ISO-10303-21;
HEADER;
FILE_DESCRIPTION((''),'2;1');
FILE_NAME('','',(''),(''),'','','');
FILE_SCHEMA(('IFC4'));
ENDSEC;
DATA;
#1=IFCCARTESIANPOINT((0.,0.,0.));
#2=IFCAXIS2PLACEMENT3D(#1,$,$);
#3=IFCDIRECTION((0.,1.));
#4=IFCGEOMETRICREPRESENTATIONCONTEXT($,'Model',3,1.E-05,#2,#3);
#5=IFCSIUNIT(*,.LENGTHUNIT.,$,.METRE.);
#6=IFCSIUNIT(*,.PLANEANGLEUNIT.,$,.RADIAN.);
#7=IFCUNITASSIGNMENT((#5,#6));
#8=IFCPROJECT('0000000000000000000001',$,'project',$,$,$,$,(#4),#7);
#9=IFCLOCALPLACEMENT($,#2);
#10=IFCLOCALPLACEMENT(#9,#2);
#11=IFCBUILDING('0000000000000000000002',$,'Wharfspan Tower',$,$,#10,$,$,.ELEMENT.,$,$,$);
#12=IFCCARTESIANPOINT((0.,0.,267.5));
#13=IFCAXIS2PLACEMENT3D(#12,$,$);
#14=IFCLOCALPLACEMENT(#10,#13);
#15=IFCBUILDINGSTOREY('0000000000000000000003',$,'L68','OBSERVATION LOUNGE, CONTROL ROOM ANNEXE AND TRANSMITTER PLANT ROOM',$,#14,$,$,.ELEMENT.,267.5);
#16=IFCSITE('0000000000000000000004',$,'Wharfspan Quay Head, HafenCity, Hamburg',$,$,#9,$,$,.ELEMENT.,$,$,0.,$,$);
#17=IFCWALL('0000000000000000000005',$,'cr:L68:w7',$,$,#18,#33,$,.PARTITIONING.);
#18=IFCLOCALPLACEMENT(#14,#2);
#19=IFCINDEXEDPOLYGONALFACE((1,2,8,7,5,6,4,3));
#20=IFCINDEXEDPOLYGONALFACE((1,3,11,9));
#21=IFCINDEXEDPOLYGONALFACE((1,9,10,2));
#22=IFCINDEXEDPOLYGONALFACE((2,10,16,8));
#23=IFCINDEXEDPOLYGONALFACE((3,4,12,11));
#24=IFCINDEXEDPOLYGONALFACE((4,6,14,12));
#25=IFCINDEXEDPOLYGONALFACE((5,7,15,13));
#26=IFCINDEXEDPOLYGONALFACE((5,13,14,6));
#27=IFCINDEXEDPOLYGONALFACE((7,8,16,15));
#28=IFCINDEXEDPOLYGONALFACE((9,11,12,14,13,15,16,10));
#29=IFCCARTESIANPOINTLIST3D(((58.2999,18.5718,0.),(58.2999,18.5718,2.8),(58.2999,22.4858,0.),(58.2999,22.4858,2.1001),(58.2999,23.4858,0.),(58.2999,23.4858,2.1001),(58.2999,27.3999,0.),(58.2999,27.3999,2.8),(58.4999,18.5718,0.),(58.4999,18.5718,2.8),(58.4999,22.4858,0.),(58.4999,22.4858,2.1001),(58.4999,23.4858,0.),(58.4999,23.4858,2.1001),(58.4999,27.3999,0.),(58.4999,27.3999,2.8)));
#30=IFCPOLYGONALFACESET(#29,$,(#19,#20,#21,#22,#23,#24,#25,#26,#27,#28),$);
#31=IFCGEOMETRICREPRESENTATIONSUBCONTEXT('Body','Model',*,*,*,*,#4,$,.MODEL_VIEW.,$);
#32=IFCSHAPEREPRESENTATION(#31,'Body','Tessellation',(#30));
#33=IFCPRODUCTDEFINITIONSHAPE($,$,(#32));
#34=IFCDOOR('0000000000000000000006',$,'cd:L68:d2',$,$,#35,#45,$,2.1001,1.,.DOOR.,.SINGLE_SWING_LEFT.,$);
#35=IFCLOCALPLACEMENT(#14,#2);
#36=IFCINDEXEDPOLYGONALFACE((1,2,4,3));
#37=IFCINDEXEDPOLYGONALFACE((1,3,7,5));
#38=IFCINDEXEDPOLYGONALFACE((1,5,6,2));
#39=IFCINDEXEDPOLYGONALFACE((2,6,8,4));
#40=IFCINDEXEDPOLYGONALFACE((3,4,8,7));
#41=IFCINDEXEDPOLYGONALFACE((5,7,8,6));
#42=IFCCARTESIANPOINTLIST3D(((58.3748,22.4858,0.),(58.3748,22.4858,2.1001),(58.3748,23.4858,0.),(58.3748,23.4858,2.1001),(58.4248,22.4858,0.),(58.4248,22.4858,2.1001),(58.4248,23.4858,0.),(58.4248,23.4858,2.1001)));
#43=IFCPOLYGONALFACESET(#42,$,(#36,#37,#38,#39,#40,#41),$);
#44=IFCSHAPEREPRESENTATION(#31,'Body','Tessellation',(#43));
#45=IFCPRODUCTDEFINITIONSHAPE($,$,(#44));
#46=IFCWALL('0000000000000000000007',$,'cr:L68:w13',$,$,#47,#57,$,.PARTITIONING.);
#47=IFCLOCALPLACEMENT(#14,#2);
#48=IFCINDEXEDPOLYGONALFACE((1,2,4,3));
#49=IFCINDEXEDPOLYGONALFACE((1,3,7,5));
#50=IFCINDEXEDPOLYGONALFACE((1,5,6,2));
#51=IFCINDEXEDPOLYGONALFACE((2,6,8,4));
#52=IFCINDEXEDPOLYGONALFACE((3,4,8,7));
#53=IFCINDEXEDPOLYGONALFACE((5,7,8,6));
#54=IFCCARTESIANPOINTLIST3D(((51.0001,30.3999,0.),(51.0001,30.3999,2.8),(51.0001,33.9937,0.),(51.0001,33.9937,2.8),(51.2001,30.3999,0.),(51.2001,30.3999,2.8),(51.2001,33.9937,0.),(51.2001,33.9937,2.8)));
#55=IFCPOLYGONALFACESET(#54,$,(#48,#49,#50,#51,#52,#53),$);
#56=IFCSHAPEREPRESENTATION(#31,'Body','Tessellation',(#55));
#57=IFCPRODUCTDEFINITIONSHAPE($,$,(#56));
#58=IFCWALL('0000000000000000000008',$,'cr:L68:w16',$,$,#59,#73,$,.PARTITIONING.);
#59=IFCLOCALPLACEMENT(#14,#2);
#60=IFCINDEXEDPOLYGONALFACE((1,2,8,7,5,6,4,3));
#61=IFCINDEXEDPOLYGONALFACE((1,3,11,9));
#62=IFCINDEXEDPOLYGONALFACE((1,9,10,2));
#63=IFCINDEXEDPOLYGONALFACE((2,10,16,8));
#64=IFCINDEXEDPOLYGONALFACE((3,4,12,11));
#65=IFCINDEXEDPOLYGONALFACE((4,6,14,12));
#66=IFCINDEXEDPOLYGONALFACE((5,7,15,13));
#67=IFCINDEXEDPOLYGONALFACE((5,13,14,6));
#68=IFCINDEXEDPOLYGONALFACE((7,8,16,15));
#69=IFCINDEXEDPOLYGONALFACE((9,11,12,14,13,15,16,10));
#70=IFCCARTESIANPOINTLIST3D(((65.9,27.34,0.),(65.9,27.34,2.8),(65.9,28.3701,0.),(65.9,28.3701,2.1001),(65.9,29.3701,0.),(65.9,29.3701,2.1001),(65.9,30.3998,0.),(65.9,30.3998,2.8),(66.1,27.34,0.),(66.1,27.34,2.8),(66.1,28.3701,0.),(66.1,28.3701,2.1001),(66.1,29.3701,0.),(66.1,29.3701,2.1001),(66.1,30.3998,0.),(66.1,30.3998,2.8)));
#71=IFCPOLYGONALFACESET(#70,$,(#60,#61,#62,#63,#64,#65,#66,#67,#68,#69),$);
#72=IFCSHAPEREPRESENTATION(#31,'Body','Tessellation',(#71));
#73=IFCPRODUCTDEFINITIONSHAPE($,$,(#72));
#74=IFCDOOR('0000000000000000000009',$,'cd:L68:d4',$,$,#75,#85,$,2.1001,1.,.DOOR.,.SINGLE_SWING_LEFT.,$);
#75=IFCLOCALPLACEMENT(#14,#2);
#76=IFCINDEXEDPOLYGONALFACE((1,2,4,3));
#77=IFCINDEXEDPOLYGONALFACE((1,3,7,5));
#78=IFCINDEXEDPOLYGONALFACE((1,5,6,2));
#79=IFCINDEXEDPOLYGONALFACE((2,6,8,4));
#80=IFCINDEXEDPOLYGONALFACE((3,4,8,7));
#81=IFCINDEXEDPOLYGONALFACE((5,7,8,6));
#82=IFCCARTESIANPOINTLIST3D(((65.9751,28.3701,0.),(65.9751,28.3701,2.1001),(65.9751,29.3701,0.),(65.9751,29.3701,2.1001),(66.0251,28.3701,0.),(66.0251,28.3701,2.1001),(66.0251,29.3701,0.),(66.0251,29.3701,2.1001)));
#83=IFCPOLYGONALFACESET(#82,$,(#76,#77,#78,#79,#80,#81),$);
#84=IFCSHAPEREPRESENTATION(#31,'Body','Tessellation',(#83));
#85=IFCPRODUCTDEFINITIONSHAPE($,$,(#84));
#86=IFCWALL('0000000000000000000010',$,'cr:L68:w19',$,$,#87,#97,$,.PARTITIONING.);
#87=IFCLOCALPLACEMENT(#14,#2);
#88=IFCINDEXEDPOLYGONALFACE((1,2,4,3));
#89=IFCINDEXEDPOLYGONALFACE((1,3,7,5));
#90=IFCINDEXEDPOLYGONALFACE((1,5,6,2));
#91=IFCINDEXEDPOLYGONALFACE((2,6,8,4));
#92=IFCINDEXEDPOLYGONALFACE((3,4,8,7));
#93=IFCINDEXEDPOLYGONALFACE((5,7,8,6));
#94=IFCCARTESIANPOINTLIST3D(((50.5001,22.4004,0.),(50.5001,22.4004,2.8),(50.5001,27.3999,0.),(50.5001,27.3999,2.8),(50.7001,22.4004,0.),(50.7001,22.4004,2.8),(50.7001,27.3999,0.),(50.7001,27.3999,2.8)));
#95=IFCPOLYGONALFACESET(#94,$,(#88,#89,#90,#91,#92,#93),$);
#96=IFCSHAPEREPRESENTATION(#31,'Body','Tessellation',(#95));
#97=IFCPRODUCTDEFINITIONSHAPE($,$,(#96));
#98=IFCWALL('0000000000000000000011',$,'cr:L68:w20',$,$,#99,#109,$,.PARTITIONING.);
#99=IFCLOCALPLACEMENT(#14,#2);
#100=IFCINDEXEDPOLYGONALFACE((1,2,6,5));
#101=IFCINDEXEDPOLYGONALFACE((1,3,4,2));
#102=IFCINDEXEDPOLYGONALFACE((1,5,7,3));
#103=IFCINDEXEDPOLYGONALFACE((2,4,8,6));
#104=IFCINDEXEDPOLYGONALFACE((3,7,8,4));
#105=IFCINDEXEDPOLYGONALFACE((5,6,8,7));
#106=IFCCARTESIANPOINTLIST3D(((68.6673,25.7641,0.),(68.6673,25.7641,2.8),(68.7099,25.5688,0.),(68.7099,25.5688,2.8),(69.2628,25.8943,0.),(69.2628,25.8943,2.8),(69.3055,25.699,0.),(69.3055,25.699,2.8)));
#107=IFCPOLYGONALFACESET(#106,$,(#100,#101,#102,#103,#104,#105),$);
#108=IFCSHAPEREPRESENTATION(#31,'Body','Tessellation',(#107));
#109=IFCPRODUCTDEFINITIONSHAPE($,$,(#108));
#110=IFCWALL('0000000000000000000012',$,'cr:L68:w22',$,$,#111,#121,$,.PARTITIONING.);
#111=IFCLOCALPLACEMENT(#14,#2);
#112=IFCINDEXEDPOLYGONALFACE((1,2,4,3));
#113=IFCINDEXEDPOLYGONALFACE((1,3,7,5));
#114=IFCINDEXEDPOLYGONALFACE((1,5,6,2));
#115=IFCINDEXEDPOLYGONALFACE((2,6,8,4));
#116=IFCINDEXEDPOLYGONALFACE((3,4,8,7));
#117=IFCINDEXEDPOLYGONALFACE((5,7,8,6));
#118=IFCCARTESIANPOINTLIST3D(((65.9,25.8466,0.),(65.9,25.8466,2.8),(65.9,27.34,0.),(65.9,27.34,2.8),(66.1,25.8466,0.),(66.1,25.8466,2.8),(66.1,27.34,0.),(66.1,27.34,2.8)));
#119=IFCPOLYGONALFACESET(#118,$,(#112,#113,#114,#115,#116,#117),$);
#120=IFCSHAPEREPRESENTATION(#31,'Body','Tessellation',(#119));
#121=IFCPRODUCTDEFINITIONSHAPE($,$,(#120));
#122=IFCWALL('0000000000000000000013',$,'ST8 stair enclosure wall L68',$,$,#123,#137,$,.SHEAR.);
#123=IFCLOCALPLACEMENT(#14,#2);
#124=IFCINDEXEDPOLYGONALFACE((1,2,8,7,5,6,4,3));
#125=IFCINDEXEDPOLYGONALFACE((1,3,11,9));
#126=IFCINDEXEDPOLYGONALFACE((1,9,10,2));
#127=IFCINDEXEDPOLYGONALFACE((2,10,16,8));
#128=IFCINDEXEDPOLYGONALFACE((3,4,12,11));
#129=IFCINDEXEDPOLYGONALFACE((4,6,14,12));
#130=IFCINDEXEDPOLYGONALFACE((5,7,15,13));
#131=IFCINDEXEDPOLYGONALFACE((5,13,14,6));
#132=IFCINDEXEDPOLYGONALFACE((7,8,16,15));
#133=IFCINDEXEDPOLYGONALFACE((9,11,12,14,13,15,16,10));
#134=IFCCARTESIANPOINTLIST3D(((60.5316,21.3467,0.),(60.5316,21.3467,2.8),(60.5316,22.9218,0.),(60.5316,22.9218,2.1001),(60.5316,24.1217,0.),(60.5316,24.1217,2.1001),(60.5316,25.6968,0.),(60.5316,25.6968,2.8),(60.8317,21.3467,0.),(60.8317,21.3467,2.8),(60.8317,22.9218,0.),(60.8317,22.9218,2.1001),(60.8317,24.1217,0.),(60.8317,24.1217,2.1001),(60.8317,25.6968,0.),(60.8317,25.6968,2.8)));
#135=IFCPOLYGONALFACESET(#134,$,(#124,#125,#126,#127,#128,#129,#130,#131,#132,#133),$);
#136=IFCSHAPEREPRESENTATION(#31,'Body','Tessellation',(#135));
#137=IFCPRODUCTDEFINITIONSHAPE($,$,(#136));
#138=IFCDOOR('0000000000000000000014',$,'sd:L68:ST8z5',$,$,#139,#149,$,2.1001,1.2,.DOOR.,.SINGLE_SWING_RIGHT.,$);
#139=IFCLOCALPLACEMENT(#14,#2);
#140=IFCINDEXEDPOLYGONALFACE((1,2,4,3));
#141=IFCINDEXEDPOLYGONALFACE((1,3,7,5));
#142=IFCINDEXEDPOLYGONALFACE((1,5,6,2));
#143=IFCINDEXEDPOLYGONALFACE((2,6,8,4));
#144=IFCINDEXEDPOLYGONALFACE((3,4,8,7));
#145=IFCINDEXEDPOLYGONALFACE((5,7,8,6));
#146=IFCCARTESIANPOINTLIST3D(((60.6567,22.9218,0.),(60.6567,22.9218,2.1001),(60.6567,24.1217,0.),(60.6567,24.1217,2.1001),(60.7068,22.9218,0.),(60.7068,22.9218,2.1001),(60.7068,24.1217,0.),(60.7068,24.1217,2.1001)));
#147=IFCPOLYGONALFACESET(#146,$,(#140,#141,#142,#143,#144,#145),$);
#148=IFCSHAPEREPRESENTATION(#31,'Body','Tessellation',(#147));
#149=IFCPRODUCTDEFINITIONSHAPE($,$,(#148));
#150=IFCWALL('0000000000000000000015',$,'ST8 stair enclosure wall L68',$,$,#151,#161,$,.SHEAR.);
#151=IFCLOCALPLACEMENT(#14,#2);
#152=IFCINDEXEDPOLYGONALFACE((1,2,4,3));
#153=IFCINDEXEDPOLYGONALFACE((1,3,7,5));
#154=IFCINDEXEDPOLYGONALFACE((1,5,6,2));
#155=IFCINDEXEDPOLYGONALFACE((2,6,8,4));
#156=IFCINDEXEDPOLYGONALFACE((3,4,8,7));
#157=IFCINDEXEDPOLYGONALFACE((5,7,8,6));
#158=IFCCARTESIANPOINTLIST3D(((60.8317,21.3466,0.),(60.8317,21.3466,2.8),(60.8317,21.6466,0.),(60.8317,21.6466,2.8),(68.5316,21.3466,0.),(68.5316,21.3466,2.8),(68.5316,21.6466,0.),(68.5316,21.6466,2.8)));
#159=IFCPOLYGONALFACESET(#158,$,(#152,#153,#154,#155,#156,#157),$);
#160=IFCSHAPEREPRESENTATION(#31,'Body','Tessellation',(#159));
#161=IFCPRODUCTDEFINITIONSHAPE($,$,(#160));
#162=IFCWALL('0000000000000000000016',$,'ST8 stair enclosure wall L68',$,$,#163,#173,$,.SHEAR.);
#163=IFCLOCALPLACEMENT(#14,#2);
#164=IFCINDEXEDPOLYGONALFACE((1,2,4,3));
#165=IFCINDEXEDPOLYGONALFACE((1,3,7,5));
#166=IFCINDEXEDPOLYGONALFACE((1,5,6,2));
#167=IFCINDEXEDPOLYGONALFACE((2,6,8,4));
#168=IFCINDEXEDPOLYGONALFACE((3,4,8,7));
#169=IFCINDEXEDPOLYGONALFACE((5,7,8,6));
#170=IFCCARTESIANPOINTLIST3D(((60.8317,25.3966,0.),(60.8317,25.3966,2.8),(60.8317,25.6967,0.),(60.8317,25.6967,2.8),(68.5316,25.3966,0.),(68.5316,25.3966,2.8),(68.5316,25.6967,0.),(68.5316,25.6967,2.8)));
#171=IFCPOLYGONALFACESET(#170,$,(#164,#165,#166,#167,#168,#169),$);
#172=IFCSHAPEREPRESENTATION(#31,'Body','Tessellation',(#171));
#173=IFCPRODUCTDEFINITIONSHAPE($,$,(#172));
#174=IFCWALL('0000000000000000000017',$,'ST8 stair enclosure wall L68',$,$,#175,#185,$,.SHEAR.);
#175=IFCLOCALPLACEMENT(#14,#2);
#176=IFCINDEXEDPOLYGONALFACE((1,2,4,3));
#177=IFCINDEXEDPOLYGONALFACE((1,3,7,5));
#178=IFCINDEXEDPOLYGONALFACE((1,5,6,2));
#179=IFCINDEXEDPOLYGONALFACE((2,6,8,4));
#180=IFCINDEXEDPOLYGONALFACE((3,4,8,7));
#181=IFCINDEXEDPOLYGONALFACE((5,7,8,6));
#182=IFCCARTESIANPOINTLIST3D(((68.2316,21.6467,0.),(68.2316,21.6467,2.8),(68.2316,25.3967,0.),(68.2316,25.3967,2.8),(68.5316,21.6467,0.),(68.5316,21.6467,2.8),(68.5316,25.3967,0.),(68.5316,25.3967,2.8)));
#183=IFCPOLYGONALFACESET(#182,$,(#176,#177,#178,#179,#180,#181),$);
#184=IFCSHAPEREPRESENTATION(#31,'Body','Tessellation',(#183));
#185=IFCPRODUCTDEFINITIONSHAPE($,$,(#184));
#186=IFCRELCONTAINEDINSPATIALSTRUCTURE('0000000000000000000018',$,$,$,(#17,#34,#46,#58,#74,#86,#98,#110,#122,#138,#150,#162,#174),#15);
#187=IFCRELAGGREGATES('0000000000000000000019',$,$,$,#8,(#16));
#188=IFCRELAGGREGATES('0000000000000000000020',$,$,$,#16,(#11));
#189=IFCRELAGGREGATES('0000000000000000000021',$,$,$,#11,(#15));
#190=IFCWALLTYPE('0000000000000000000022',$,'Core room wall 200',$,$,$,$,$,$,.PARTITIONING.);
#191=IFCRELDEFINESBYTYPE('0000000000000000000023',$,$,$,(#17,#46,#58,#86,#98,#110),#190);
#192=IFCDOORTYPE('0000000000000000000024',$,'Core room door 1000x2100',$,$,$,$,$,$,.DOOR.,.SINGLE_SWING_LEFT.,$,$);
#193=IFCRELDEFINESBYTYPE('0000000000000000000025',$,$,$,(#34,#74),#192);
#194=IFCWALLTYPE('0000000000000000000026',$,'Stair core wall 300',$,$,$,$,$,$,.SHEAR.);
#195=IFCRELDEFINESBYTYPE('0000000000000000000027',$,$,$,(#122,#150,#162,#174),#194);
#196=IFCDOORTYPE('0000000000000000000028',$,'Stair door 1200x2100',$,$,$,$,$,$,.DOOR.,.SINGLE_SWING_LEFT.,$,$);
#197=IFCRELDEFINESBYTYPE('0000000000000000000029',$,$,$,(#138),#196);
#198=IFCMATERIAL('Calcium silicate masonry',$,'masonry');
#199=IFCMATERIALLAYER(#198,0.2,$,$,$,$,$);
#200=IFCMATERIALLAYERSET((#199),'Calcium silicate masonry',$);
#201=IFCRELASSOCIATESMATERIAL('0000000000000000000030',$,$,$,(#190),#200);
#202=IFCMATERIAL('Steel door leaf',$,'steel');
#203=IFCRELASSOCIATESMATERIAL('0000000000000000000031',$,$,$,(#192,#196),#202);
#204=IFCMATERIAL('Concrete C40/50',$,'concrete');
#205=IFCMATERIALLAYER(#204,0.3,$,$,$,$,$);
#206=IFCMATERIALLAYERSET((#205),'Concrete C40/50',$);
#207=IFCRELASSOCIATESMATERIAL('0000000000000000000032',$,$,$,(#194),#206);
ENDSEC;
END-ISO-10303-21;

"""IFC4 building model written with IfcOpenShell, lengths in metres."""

from ifc_helpers import new_model, si_unit, direction, frame, frame_2d, origin, place, context, subcontext, project, spatial, rectangle, extrude, material, layer, layer_set, type_object, element, fill, save


model = new_model("IFC4")

# Units and contexts
model_context = context("Model", 3, precision=1e-05, world=origin(), true_north=direction((0.0, 1.0)))
body_context = subcontext(model_context, "Body", "Model", "MODEL_VIEW")
ifc_project = project(units=[si_unit("LENGTHUNIT", "METRE"), si_unit("PLANEANGLEUNIT", "RADIAN")], contexts=[model_context])

# Site, building, storey
site_placement = place(None, origin())
site = spatial("IfcSite", under=ifc_project, at=site_placement, Name="Wharfspan Quay Head, HafenCity, Hamburg", CompositionType="ELEMENT", RefElevation=0.0)
building_placement = place(site_placement, origin())
building = spatial("IfcBuilding", under=site, at=building_placement, Name="Wharfspan Tower", CompositionType="ELEMENT")
storey_placement = place(building_placement, frame((0.0, 0.0, 267.5)))
storey = spatial("IfcBuildingStorey", under=building, at=storey_placement, Name="L68", Description="OBSERVATION LOUNGE, CONTROL ROOM ANNEXE AND TRANSMITTER PLANT ROOM", CompositionType="ELEMENT", Elevation=267.5)

# Shared definitions
ifc_material_1 = material(Name="Calcium silicate masonry", Category="masonry")
ifc_layer_1 = layer(ifc_material_1, 0.2)
ifc_layer_set_1 = layer_set([ifc_layer_1], Name="Calcium silicate masonry")
wall_type_1 = type_object("IfcWallType", Name="Core room wall 200", PredefinedType="PARTITIONING", material=ifc_layer_set_1)

# Wall, opening, door
wall_1_placement = place(storey_placement, frame((58.3999, 27.3999, 0.0), z_axis=(0.0, 0.0, 1.0), x_axis=(0.0, -1.0, 0.0)))
wall_1 = element("IfcWall", 1, at=wall_1_placement, inside=storey, type_object=wall_type_1, Name="cr:L68:w7", PredefinedType="PARTITIONING", context=body_context, shape_type="SweptSolid", body=[
    extrude(rectangle(XDim=8.8281, YDim=0.2, at=frame_2d((4.4141, 0.0))), origin(), (0.0, 0.0, 1.0), 2.8),
])
opening_1_placement = place(wall_1_placement, frame((3.9141, 0.0, 0.0)))
opening_1 = element("IfcOpeningElement", 2, at=opening_1_placement, cuts=wall_1, PredefinedType="OPENING", context=body_context, shape_type="SweptSolid", body=[
    extrude(rectangle(XDim=1.0, YDim=2.1001, at=frame_2d((0.5, 1.05))), frame((0.0, 0.1099, 0.0), z_axis=(0.0, -1.0, 0.0), x_axis=(1.0, 0.0, 0.0)), (0.0, 0.0, 1.0), 0.22),
])
ifc_material_2 = material(Name="Steel door leaf", Category="steel")
door_type_1 = type_object("IfcDoorType", Name="Core room door 1000x2100", OperationType="SINGLE_SWING_LEFT", PredefinedType="DOOR", material=ifc_material_2)
door_1_placement = place(opening_1_placement, origin())
door_1 = element("IfcDoor", 3, at=door_1_placement, inside=storey, type_object=door_type_1, Name="cd:L68:d2", OperationType="SINGLE_SWING_LEFT", OverallHeight=2.1001, OverallWidth=1.0, PredefinedType="DOOR", context=body_context, shape_type="SweptSolid", body=[
    extrude(rectangle(XDim=1.0, YDim=2.1001, at=frame_2d((0.5, 1.05))), frame((0.0, 0.0249, 0.0), z_axis=(0.0, -1.0, 0.0), x_axis=(1.0, 0.0, 0.0)), (0.0, 0.0, 1.0), 0.05),
])
fill(opening_1, door_1)

# Wall
wall_2_placement = place(storey_placement, frame((51.1001, 30.3999, 0.0), z_axis=(0.0, 0.0, 1.0), x_axis=(0.0, 1.0, 0.0)))
element("IfcWall", 4, at=wall_2_placement, inside=storey, type_object=wall_type_1, Name="cr:L68:w13", PredefinedType="PARTITIONING", context=body_context, shape_type="SweptSolid", body=[
    extrude(rectangle(XDim=3.5938, YDim=0.2, at=frame_2d((1.7969, 0.0))), origin(), (0.0, 0.0, 1.0), 2.8),
])

# Wall, opening, door
wall_3_placement = place(storey_placement, frame((66.0, 27.3401, 0.0), z_axis=(0.0, 0.0, 1.0), x_axis=(0.0, 1.0, 0.0)))
wall_3 = element("IfcWall", 5, at=wall_3_placement, inside=storey, type_object=wall_type_1, Name="cr:L68:w16", PredefinedType="PARTITIONING", context=body_context, shape_type="SweptSolid", body=[
    extrude(rectangle(XDim=3.0598, YDim=0.2, at=frame_2d((1.5298, 0.0))), origin(), (0.0, 0.0, 1.0), 2.8),
])
opening_2_placement = place(wall_3_placement, frame((1.03, 0.0, 0.0)))
opening_2 = element("IfcOpeningElement", 6, at=opening_2_placement, cuts=wall_3, PredefinedType="OPENING", context=body_context, shape_type="SweptSolid", body=[
    extrude(rectangle(XDim=1.0, YDim=2.1001, at=frame_2d((0.5, 1.05))), frame((0.0, 0.1099, 0.0), z_axis=(0.0, -1.0, 0.0), x_axis=(1.0, 0.0, 0.0)), (0.0, 0.0, 1.0), 0.22),
])
door_2_placement = place(opening_2_placement, origin())
door_2 = element("IfcDoor", 7, at=door_2_placement, inside=storey, type_object=door_type_1, Name="cd:L68:d4", OperationType="SINGLE_SWING_LEFT", OverallHeight=2.1001, OverallWidth=1.0, PredefinedType="DOOR", context=body_context, shape_type="SweptSolid", body=[
    extrude(rectangle(XDim=1.0, YDim=2.1001, at=frame_2d((0.5, 1.05))), frame((0.0, 0.0249, 0.0), z_axis=(0.0, -1.0, 0.0), x_axis=(1.0, 0.0, 0.0)), (0.0, 0.0, 1.0), 0.05),
])
fill(opening_2, door_2)

# Walls
wall_4_placement = place(storey_placement, frame((50.6001, 27.3999, 0.0), z_axis=(0.0, 0.0, 1.0), x_axis=(0.0, -1.0, 0.0)))
element("IfcWall", 8, at=wall_4_placement, inside=storey, type_object=wall_type_1, Name="cr:L68:w19", PredefinedType="PARTITIONING", context=body_context, shape_type="SweptSolid", body=[
    extrude(rectangle(XDim=4.9995, YDim=0.2, at=frame_2d((2.4998, 0.0))), origin(), (0.0, 0.0, 1.0), 2.8),
])
wall_5_placement = place(storey_placement, frame((68.6887, 25.6665, 0.0), z_axis=(0.0, 0.0, 1.0), x_axis=(0.976941, 0.213493, 0.0)))
element("IfcWall", 9, at=wall_5_placement, inside=storey, type_object=wall_type_1, Name="cr:L68:w20", PredefinedType="PARTITIONING", context=body_context, shape_type="SweptSolid", body=[
    extrude(rectangle(XDim=0.6096, YDim=0.2, at=frame_2d((0.3047, 0.0))), origin(), (0.0, 0.0, 1.0), 2.8),
])
wall_6_placement = place(storey_placement, frame((66.0, 25.8467, 0.0), z_axis=(0.0, 0.0, 1.0), x_axis=(0.0, 1.0, 0.0)))
element("IfcWall", 10, at=wall_6_placement, inside=storey, type_object=wall_type_1, Name="cr:L68:w22", PredefinedType="PARTITIONING", context=body_context, shape_type="SweptSolid", body=[
    extrude(rectangle(XDim=1.4934, YDim=0.2, at=frame_2d((0.7466, 0.0))), origin(), (0.0, 0.0, 1.0), 2.8),
])

# Wall, opening, door
ifc_material_3 = material(Name="Concrete C40/50", Category="concrete")
ifc_layer_2 = layer(ifc_material_3, 0.3)
ifc_layer_set_2 = layer_set([ifc_layer_2], Name="Concrete C40/50")
wall_type_2 = type_object("IfcWallType", Name="Stair core wall 300", PredefinedType="SHEAR", material=ifc_layer_set_2)
wall_7_placement = place(storey_placement, frame((60.6816, 21.3467, 0.0), z_axis=(0.0, 0.0, 1.0), x_axis=(0.0, 1.0, 0.0)))
wall_7 = element("IfcWall", 11, at=wall_7_placement, inside=storey, type_object=wall_type_2, Name="ST8 stair enclosure wall L68", PredefinedType="SHEAR", context=body_context, shape_type="SweptSolid", body=[
    extrude(rectangle(XDim=4.3501, YDim=0.3, at=frame_2d((2.175, 0.0))), origin(), (0.0, 0.0, 1.0), 2.8),
])
opening_3_placement = place(wall_7_placement, frame((1.575, 0.0, 0.0)))
opening_3 = element("IfcOpeningElement", 12, at=opening_3_placement, cuts=wall_7, PredefinedType="OPENING", context=body_context, shape_type="SweptSolid", body=[
    extrude(rectangle(XDim=1.2, YDim=2.1001, at=frame_2d((0.6001, 1.05))), frame((0.0, 0.1599, 0.0), z_axis=(0.0, -1.0, 0.0), x_axis=(1.0, 0.0, 0.0)), (0.0, 0.0, 1.0), 0.3201),
])
door_type_2 = type_object("IfcDoorType", Name="Stair door 1200x2100", OperationType="SINGLE_SWING_LEFT", PredefinedType="DOOR", material=ifc_material_2)
door_3_placement = place(opening_3_placement, origin())
door_3 = element("IfcDoor", 13, at=door_3_placement, inside=storey, type_object=door_type_2, Name="sd:L68:ST8z5", OperationType="SINGLE_SWING_RIGHT", OverallHeight=2.1001, OverallWidth=1.2, PredefinedType="DOOR", context=body_context, shape_type="SweptSolid", body=[
    extrude(rectangle(XDim=1.2, YDim=2.1001, at=frame_2d((0.6001, 1.05))), frame((0.0, 0.0249, 0.0), z_axis=(0.0, -1.0, 0.0), x_axis=(1.0, 0.0, 0.0)), (0.0, 0.0, 1.0), 0.05),
])
fill(opening_3, door_3)

# Walls
for number, where, z_axis, x_axis, name in (
    (14, (60.8315, 21.4966, 0.0), (0.0, 0.0, 1.0), (1.0, 0.0, 0.0), "ST8 stair enclosure wall L68"),
    (15, (60.8315, 25.5466, 0.0), (0.0, 0.0, 1.0), (1.0, 0.0, 0.0), "ST8 stair enclosure wall L68"),
):
    element("IfcWall", number, at=place(storey_placement, frame(where, z_axis=z_axis, x_axis=x_axis)), inside=storey, type_object=wall_type_2, Name=name, PredefinedType="SHEAR", context=body_context, shape_type="SweptSolid", body=[
        extrude(rectangle(XDim=7.7, YDim=0.3, at=frame_2d((3.8501, 0.0))), origin(), (0.0, 0.0, 1.0), 2.8),
    ])
wall_8_placement = place(storey_placement, frame((68.3816, 21.6467, 0.0), z_axis=(0.0, 0.0, 1.0), x_axis=(0.0, 1.0, 0.0)))
element("IfcWall", 16, at=wall_8_placement, inside=storey, type_object=wall_type_2, Name="ST8 stair enclosure wall L68", PredefinedType="SHEAR", context=body_context, shape_type="SweptSolid", body=[
    extrude(rectangle(XDim=3.75, YDim=0.3, at=frame_2d((1.875, 0.0))), origin(), (0.0, 0.0, 1.0), 2.8),
])

save(model, "model.ifc")
